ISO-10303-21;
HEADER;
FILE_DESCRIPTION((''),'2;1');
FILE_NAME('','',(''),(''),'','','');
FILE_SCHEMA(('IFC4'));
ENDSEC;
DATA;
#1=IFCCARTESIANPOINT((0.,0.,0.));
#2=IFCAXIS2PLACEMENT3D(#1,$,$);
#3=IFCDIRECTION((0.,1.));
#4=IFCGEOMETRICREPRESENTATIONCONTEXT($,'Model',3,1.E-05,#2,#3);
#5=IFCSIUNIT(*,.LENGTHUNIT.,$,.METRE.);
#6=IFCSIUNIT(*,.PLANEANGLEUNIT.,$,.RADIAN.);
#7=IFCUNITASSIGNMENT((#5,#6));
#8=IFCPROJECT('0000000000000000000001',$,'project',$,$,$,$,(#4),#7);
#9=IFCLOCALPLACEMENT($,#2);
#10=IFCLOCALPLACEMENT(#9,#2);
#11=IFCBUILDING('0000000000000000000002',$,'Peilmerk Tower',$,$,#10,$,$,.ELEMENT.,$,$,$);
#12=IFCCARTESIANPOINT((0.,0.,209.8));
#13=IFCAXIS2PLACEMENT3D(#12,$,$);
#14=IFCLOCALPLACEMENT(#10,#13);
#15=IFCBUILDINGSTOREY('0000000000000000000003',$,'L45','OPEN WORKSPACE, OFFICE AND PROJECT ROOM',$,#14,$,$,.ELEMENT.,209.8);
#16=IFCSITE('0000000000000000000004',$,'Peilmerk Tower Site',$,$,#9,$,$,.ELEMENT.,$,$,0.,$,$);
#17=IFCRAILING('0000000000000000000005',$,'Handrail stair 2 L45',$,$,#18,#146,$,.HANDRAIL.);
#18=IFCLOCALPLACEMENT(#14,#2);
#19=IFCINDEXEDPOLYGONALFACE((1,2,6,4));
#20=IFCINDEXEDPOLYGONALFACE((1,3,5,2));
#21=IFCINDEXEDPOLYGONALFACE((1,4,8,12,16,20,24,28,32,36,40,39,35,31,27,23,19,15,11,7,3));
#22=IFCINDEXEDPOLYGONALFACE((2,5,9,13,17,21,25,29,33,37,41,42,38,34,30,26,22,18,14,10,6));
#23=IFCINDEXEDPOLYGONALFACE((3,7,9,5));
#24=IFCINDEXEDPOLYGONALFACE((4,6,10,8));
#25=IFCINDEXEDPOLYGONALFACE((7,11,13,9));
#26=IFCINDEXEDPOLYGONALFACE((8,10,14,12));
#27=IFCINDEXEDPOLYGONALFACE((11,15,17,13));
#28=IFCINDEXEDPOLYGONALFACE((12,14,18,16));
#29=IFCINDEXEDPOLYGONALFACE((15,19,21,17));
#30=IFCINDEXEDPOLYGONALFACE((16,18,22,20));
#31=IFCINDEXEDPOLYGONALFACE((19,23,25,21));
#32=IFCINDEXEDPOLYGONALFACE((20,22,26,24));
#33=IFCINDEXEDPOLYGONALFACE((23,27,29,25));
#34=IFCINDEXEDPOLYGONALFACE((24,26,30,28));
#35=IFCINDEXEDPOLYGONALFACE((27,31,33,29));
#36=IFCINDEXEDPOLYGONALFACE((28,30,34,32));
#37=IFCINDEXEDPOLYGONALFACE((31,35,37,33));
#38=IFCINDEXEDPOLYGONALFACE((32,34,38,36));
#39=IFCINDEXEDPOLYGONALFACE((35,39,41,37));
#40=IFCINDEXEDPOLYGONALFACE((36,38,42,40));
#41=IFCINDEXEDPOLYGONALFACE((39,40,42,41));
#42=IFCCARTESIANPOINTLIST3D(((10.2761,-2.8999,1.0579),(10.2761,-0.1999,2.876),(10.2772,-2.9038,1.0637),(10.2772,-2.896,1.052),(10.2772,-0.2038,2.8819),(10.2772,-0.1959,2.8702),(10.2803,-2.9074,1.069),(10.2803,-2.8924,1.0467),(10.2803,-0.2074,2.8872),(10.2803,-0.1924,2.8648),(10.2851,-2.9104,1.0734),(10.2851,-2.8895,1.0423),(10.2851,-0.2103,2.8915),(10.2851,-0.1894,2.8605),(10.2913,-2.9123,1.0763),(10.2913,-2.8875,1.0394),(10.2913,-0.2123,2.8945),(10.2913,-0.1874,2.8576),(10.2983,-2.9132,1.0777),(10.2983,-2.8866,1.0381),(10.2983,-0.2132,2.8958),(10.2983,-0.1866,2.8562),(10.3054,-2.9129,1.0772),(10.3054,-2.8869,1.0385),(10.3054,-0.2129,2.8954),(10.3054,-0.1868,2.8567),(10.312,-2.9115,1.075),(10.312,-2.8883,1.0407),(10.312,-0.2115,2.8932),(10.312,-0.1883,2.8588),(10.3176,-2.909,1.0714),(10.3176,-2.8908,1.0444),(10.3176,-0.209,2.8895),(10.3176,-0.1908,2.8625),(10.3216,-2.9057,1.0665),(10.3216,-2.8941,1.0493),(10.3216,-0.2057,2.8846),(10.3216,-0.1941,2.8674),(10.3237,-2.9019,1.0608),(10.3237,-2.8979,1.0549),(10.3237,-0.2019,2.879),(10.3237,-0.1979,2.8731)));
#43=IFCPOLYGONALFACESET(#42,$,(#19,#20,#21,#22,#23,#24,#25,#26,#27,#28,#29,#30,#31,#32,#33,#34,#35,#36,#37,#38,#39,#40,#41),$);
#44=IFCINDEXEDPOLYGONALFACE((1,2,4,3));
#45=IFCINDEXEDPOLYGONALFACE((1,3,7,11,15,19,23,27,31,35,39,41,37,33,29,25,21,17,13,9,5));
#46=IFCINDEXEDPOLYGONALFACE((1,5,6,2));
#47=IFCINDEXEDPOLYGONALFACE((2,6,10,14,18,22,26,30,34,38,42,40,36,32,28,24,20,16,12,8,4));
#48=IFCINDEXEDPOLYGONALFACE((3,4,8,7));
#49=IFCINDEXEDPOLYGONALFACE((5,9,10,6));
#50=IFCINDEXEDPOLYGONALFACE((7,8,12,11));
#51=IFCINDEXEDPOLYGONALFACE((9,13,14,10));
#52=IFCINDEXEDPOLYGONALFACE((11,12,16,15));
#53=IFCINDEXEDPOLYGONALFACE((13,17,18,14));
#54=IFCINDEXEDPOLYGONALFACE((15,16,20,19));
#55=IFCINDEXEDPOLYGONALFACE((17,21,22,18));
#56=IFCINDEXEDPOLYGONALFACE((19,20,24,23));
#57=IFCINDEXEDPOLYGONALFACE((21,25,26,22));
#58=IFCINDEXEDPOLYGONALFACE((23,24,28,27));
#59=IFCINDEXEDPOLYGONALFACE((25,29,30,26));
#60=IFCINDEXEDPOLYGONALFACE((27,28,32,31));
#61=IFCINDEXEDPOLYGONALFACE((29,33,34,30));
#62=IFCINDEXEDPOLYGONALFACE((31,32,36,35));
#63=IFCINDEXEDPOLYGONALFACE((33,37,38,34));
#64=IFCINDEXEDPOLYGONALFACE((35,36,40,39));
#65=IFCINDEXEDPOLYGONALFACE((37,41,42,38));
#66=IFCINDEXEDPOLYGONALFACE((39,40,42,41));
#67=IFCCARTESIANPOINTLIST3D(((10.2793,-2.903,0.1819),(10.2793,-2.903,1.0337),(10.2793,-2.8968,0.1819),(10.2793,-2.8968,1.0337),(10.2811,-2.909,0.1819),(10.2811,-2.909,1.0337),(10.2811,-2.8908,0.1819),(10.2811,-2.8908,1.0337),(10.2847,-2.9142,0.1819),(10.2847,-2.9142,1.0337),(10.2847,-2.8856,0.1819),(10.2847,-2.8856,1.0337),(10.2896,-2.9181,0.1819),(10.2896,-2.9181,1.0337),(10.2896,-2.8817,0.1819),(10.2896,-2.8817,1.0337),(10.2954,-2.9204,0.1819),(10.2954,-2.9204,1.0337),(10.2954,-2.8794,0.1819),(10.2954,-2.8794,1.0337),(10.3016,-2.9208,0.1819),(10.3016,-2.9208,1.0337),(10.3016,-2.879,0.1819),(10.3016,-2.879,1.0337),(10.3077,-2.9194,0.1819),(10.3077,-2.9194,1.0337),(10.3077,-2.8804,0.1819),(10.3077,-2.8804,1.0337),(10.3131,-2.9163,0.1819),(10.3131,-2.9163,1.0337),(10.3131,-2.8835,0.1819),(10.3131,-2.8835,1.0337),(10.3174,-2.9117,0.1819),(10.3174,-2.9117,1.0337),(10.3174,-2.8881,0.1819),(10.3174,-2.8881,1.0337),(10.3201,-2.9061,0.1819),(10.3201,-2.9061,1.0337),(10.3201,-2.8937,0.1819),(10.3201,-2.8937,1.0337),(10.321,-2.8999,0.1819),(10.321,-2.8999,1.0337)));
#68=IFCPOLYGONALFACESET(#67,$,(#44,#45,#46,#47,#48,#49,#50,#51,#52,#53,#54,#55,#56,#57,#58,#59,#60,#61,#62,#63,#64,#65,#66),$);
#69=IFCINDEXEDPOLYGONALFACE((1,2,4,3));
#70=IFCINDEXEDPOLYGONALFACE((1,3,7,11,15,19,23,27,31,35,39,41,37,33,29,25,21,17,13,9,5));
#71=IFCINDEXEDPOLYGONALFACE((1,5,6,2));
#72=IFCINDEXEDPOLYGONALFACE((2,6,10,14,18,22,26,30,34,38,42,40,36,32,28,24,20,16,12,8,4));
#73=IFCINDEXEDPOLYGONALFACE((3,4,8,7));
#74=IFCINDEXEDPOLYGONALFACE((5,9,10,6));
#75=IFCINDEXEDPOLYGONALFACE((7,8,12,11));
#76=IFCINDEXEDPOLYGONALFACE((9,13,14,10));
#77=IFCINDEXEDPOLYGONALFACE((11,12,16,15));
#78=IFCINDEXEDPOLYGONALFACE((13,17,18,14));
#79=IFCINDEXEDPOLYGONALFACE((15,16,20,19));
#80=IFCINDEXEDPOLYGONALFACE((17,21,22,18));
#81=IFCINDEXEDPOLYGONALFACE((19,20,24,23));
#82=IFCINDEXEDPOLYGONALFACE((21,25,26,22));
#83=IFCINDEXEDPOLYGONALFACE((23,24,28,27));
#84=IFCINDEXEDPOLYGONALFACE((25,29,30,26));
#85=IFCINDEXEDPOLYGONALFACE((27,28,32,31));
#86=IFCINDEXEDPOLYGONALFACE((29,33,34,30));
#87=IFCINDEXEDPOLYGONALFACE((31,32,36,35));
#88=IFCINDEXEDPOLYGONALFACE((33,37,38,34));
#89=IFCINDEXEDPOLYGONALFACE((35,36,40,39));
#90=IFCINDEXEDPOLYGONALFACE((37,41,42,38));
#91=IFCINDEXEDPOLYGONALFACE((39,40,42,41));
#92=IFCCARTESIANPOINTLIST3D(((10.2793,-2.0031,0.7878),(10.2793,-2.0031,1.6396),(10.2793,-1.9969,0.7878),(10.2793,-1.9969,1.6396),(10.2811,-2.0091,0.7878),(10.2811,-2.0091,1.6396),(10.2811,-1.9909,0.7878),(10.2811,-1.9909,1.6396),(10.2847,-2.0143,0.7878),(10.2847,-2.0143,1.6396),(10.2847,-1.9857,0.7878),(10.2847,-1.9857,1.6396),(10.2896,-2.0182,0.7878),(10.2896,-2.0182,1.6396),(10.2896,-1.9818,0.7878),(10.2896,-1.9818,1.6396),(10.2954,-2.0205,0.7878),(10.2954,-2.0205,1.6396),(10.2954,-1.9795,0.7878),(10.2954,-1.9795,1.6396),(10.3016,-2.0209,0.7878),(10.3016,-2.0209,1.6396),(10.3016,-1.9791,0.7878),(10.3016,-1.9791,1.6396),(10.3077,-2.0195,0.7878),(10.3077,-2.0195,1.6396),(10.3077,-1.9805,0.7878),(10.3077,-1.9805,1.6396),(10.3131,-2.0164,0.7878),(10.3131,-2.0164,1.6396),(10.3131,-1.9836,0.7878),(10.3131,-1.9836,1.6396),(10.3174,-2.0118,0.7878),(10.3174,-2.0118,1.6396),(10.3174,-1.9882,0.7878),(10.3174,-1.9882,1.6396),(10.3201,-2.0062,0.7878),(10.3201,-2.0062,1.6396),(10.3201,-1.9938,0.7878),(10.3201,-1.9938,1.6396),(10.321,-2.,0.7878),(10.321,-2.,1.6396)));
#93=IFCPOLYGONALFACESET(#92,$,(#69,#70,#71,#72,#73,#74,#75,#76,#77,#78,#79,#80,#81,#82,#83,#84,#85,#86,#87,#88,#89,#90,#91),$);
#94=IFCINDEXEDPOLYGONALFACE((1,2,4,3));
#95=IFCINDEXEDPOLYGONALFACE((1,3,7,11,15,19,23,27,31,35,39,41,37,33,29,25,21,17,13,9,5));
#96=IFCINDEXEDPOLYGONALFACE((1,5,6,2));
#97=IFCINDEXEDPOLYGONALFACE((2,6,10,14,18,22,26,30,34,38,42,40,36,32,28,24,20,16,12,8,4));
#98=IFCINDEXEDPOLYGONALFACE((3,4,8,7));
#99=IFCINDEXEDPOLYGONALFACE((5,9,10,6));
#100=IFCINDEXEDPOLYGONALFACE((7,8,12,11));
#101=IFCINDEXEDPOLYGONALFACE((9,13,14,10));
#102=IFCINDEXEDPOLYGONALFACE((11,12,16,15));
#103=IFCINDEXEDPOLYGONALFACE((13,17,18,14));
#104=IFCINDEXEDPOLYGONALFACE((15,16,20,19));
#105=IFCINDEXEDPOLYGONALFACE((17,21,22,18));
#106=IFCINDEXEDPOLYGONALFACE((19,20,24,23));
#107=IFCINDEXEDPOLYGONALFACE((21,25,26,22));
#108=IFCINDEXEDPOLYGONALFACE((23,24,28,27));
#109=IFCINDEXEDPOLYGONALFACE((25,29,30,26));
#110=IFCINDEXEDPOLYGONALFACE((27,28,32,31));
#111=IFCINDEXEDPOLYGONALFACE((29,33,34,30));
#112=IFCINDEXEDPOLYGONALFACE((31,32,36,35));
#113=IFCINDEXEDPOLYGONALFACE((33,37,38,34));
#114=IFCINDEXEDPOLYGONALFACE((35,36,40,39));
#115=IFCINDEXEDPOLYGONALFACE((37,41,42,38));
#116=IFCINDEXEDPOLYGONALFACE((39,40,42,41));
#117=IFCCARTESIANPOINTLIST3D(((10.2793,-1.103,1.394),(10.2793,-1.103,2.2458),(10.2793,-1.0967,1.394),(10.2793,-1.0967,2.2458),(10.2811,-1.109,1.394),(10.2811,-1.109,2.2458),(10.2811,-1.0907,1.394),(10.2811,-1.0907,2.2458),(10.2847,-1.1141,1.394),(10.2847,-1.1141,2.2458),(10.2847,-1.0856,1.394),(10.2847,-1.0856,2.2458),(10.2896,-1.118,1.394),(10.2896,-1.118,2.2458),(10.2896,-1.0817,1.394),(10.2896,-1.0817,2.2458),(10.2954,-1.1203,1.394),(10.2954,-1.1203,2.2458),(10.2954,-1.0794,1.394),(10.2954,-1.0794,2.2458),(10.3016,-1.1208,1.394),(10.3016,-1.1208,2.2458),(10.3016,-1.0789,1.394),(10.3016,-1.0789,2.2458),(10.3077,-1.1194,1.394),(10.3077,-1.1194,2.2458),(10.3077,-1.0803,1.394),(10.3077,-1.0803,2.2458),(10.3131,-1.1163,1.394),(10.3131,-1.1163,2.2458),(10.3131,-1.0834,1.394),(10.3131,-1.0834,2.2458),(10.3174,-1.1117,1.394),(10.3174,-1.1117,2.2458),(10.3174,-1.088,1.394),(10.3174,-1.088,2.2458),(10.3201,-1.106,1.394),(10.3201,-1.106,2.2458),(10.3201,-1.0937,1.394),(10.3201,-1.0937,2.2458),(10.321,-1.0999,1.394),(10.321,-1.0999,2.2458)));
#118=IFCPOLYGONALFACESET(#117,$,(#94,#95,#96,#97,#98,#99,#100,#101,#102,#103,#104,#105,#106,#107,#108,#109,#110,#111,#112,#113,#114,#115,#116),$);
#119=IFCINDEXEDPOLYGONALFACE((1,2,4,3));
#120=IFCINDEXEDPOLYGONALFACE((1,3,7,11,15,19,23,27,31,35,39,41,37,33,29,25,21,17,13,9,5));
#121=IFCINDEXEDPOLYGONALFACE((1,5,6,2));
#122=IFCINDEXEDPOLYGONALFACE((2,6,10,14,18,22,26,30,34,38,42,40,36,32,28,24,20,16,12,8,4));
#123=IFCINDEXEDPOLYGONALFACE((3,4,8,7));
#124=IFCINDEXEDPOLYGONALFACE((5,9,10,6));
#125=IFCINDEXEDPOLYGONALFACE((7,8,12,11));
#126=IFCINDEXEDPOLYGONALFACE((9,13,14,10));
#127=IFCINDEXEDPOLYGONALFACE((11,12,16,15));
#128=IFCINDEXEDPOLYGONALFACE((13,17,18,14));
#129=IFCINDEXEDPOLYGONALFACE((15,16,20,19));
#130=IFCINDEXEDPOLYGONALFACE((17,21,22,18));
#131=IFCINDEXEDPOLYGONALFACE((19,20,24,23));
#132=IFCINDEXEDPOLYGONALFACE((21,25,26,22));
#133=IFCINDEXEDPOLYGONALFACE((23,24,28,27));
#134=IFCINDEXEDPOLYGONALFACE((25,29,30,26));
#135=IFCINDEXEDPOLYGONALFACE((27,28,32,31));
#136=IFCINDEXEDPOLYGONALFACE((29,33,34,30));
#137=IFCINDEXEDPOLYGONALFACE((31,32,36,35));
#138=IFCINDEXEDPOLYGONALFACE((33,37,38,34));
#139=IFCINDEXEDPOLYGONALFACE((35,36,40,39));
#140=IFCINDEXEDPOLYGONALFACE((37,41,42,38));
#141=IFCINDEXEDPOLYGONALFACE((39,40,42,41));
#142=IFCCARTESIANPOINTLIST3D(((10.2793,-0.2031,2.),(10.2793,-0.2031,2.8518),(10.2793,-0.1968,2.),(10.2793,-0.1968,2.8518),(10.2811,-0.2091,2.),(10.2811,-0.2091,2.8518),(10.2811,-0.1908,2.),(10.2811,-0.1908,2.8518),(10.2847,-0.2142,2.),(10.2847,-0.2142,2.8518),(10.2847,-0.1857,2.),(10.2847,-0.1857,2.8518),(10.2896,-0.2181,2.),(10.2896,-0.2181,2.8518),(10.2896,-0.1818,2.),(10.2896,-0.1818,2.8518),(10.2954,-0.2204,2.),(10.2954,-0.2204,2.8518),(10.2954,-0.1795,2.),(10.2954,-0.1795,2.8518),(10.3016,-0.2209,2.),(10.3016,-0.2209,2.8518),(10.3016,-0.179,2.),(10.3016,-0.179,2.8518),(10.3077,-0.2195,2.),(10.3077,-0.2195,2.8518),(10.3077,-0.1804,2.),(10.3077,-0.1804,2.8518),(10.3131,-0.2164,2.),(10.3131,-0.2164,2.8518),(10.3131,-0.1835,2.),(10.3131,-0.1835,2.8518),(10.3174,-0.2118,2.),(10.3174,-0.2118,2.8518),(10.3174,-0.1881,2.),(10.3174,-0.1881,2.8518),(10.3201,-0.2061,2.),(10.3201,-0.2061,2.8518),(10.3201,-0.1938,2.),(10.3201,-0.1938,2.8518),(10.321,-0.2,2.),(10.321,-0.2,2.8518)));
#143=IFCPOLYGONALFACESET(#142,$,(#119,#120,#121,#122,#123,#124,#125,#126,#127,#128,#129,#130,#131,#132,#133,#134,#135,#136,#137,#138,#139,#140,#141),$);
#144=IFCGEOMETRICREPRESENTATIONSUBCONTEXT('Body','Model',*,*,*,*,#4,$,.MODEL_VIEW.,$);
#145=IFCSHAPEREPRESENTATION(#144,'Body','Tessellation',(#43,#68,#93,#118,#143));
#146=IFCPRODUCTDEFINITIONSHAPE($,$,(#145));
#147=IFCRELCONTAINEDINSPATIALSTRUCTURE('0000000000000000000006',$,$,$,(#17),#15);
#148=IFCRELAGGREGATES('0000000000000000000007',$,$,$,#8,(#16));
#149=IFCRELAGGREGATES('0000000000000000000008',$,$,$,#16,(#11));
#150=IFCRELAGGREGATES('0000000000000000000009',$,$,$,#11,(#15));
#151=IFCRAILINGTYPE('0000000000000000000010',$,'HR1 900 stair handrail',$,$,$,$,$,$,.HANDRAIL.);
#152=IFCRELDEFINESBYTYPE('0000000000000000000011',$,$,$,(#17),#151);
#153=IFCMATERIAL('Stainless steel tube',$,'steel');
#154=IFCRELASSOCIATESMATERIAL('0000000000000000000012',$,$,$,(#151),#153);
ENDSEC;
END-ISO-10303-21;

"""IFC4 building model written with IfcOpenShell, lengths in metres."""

from ifc_helpers import new_model, si_unit, direction, frame, origin, origin_2d, place, context, subcontext, project, spatial, circle, extrude, material, type_object, element, save


model = new_model("IFC4")

# Units and contexts
model_context = context("Model", 3, precision=1e-05, world=origin(), true_north=direction((0.0, 1.0)))
body_context = subcontext(model_context, "Body", "Model", "MODEL_VIEW")
ifc_project = project(units=[si_unit("LENGTHUNIT", "METRE"), si_unit("PLANEANGLEUNIT", "RADIAN")], contexts=[model_context])

# Site, building, storey
site_placement = place(None, origin())
site = spatial("IfcSite", under=ifc_project, at=site_placement, Name="Peilmerk Tower Site", CompositionType="ELEMENT", RefElevation=0.0)
building_placement = place(site_placement, origin())
building = spatial("IfcBuilding", under=site, at=building_placement, Name="Peilmerk Tower", CompositionType="ELEMENT")
storey_placement = place(building_placement, frame((0.0, 0.0, 209.8)))
storey = spatial("IfcBuildingStorey", under=building, at=storey_placement, Name="L45", Description="OPEN WORKSPACE, OFFICE AND PROJECT ROOM", CompositionType="ELEMENT", Elevation=209.8)

# Railing
ifc_material_1 = material(Name="Stainless steel tube", Category="steel")
railing_type_1 = type_object("IfcRailingType", Name="HR1 900 stair handrail", PredefinedType="HANDRAIL", material=ifc_material_1)
railing_1_placement = place(storey_placement, frame((10.3, -2.8999, 0.1819)))
element("IfcRailing", 1, at=railing_1_placement, inside=storey, type_object=railing_type_1, Name="Handrail stair 2 L45", PredefinedType="HANDRAIL", context=body_context, shape_type="SweptSolid", body=[
    extrude(circle(Radius=0.0239, at=origin_2d()), frame((0.0, 0.0, 0.876), z_axis=(0.0, 0.829468, 0.558554), x_axis=(-1.0, 0.0, 0.0)), (0.0, 0.0, 1.0), 3.2551),
    extrude(circle(Radius=0.021, at=origin_2d()), origin(), (0.0, 0.0, 1.0), 0.8518),
    extrude(circle(Radius=0.021, at=origin_2d()), frame((0.0, 0.8999, 0.606)), (0.0, 0.0, 1.0), 0.8518),
    extrude(circle(Radius=0.021, at=origin_2d()), frame((0.0, 1.8, 1.2122)), (0.0, 0.0, 1.0), 0.8518),
    extrude(circle(Radius=0.021, at=origin_2d()), frame((0.0, 2.7, 1.8181)), (0.0, 0.0, 1.0), 0.8518),
])

save(model, "model.ifc")
